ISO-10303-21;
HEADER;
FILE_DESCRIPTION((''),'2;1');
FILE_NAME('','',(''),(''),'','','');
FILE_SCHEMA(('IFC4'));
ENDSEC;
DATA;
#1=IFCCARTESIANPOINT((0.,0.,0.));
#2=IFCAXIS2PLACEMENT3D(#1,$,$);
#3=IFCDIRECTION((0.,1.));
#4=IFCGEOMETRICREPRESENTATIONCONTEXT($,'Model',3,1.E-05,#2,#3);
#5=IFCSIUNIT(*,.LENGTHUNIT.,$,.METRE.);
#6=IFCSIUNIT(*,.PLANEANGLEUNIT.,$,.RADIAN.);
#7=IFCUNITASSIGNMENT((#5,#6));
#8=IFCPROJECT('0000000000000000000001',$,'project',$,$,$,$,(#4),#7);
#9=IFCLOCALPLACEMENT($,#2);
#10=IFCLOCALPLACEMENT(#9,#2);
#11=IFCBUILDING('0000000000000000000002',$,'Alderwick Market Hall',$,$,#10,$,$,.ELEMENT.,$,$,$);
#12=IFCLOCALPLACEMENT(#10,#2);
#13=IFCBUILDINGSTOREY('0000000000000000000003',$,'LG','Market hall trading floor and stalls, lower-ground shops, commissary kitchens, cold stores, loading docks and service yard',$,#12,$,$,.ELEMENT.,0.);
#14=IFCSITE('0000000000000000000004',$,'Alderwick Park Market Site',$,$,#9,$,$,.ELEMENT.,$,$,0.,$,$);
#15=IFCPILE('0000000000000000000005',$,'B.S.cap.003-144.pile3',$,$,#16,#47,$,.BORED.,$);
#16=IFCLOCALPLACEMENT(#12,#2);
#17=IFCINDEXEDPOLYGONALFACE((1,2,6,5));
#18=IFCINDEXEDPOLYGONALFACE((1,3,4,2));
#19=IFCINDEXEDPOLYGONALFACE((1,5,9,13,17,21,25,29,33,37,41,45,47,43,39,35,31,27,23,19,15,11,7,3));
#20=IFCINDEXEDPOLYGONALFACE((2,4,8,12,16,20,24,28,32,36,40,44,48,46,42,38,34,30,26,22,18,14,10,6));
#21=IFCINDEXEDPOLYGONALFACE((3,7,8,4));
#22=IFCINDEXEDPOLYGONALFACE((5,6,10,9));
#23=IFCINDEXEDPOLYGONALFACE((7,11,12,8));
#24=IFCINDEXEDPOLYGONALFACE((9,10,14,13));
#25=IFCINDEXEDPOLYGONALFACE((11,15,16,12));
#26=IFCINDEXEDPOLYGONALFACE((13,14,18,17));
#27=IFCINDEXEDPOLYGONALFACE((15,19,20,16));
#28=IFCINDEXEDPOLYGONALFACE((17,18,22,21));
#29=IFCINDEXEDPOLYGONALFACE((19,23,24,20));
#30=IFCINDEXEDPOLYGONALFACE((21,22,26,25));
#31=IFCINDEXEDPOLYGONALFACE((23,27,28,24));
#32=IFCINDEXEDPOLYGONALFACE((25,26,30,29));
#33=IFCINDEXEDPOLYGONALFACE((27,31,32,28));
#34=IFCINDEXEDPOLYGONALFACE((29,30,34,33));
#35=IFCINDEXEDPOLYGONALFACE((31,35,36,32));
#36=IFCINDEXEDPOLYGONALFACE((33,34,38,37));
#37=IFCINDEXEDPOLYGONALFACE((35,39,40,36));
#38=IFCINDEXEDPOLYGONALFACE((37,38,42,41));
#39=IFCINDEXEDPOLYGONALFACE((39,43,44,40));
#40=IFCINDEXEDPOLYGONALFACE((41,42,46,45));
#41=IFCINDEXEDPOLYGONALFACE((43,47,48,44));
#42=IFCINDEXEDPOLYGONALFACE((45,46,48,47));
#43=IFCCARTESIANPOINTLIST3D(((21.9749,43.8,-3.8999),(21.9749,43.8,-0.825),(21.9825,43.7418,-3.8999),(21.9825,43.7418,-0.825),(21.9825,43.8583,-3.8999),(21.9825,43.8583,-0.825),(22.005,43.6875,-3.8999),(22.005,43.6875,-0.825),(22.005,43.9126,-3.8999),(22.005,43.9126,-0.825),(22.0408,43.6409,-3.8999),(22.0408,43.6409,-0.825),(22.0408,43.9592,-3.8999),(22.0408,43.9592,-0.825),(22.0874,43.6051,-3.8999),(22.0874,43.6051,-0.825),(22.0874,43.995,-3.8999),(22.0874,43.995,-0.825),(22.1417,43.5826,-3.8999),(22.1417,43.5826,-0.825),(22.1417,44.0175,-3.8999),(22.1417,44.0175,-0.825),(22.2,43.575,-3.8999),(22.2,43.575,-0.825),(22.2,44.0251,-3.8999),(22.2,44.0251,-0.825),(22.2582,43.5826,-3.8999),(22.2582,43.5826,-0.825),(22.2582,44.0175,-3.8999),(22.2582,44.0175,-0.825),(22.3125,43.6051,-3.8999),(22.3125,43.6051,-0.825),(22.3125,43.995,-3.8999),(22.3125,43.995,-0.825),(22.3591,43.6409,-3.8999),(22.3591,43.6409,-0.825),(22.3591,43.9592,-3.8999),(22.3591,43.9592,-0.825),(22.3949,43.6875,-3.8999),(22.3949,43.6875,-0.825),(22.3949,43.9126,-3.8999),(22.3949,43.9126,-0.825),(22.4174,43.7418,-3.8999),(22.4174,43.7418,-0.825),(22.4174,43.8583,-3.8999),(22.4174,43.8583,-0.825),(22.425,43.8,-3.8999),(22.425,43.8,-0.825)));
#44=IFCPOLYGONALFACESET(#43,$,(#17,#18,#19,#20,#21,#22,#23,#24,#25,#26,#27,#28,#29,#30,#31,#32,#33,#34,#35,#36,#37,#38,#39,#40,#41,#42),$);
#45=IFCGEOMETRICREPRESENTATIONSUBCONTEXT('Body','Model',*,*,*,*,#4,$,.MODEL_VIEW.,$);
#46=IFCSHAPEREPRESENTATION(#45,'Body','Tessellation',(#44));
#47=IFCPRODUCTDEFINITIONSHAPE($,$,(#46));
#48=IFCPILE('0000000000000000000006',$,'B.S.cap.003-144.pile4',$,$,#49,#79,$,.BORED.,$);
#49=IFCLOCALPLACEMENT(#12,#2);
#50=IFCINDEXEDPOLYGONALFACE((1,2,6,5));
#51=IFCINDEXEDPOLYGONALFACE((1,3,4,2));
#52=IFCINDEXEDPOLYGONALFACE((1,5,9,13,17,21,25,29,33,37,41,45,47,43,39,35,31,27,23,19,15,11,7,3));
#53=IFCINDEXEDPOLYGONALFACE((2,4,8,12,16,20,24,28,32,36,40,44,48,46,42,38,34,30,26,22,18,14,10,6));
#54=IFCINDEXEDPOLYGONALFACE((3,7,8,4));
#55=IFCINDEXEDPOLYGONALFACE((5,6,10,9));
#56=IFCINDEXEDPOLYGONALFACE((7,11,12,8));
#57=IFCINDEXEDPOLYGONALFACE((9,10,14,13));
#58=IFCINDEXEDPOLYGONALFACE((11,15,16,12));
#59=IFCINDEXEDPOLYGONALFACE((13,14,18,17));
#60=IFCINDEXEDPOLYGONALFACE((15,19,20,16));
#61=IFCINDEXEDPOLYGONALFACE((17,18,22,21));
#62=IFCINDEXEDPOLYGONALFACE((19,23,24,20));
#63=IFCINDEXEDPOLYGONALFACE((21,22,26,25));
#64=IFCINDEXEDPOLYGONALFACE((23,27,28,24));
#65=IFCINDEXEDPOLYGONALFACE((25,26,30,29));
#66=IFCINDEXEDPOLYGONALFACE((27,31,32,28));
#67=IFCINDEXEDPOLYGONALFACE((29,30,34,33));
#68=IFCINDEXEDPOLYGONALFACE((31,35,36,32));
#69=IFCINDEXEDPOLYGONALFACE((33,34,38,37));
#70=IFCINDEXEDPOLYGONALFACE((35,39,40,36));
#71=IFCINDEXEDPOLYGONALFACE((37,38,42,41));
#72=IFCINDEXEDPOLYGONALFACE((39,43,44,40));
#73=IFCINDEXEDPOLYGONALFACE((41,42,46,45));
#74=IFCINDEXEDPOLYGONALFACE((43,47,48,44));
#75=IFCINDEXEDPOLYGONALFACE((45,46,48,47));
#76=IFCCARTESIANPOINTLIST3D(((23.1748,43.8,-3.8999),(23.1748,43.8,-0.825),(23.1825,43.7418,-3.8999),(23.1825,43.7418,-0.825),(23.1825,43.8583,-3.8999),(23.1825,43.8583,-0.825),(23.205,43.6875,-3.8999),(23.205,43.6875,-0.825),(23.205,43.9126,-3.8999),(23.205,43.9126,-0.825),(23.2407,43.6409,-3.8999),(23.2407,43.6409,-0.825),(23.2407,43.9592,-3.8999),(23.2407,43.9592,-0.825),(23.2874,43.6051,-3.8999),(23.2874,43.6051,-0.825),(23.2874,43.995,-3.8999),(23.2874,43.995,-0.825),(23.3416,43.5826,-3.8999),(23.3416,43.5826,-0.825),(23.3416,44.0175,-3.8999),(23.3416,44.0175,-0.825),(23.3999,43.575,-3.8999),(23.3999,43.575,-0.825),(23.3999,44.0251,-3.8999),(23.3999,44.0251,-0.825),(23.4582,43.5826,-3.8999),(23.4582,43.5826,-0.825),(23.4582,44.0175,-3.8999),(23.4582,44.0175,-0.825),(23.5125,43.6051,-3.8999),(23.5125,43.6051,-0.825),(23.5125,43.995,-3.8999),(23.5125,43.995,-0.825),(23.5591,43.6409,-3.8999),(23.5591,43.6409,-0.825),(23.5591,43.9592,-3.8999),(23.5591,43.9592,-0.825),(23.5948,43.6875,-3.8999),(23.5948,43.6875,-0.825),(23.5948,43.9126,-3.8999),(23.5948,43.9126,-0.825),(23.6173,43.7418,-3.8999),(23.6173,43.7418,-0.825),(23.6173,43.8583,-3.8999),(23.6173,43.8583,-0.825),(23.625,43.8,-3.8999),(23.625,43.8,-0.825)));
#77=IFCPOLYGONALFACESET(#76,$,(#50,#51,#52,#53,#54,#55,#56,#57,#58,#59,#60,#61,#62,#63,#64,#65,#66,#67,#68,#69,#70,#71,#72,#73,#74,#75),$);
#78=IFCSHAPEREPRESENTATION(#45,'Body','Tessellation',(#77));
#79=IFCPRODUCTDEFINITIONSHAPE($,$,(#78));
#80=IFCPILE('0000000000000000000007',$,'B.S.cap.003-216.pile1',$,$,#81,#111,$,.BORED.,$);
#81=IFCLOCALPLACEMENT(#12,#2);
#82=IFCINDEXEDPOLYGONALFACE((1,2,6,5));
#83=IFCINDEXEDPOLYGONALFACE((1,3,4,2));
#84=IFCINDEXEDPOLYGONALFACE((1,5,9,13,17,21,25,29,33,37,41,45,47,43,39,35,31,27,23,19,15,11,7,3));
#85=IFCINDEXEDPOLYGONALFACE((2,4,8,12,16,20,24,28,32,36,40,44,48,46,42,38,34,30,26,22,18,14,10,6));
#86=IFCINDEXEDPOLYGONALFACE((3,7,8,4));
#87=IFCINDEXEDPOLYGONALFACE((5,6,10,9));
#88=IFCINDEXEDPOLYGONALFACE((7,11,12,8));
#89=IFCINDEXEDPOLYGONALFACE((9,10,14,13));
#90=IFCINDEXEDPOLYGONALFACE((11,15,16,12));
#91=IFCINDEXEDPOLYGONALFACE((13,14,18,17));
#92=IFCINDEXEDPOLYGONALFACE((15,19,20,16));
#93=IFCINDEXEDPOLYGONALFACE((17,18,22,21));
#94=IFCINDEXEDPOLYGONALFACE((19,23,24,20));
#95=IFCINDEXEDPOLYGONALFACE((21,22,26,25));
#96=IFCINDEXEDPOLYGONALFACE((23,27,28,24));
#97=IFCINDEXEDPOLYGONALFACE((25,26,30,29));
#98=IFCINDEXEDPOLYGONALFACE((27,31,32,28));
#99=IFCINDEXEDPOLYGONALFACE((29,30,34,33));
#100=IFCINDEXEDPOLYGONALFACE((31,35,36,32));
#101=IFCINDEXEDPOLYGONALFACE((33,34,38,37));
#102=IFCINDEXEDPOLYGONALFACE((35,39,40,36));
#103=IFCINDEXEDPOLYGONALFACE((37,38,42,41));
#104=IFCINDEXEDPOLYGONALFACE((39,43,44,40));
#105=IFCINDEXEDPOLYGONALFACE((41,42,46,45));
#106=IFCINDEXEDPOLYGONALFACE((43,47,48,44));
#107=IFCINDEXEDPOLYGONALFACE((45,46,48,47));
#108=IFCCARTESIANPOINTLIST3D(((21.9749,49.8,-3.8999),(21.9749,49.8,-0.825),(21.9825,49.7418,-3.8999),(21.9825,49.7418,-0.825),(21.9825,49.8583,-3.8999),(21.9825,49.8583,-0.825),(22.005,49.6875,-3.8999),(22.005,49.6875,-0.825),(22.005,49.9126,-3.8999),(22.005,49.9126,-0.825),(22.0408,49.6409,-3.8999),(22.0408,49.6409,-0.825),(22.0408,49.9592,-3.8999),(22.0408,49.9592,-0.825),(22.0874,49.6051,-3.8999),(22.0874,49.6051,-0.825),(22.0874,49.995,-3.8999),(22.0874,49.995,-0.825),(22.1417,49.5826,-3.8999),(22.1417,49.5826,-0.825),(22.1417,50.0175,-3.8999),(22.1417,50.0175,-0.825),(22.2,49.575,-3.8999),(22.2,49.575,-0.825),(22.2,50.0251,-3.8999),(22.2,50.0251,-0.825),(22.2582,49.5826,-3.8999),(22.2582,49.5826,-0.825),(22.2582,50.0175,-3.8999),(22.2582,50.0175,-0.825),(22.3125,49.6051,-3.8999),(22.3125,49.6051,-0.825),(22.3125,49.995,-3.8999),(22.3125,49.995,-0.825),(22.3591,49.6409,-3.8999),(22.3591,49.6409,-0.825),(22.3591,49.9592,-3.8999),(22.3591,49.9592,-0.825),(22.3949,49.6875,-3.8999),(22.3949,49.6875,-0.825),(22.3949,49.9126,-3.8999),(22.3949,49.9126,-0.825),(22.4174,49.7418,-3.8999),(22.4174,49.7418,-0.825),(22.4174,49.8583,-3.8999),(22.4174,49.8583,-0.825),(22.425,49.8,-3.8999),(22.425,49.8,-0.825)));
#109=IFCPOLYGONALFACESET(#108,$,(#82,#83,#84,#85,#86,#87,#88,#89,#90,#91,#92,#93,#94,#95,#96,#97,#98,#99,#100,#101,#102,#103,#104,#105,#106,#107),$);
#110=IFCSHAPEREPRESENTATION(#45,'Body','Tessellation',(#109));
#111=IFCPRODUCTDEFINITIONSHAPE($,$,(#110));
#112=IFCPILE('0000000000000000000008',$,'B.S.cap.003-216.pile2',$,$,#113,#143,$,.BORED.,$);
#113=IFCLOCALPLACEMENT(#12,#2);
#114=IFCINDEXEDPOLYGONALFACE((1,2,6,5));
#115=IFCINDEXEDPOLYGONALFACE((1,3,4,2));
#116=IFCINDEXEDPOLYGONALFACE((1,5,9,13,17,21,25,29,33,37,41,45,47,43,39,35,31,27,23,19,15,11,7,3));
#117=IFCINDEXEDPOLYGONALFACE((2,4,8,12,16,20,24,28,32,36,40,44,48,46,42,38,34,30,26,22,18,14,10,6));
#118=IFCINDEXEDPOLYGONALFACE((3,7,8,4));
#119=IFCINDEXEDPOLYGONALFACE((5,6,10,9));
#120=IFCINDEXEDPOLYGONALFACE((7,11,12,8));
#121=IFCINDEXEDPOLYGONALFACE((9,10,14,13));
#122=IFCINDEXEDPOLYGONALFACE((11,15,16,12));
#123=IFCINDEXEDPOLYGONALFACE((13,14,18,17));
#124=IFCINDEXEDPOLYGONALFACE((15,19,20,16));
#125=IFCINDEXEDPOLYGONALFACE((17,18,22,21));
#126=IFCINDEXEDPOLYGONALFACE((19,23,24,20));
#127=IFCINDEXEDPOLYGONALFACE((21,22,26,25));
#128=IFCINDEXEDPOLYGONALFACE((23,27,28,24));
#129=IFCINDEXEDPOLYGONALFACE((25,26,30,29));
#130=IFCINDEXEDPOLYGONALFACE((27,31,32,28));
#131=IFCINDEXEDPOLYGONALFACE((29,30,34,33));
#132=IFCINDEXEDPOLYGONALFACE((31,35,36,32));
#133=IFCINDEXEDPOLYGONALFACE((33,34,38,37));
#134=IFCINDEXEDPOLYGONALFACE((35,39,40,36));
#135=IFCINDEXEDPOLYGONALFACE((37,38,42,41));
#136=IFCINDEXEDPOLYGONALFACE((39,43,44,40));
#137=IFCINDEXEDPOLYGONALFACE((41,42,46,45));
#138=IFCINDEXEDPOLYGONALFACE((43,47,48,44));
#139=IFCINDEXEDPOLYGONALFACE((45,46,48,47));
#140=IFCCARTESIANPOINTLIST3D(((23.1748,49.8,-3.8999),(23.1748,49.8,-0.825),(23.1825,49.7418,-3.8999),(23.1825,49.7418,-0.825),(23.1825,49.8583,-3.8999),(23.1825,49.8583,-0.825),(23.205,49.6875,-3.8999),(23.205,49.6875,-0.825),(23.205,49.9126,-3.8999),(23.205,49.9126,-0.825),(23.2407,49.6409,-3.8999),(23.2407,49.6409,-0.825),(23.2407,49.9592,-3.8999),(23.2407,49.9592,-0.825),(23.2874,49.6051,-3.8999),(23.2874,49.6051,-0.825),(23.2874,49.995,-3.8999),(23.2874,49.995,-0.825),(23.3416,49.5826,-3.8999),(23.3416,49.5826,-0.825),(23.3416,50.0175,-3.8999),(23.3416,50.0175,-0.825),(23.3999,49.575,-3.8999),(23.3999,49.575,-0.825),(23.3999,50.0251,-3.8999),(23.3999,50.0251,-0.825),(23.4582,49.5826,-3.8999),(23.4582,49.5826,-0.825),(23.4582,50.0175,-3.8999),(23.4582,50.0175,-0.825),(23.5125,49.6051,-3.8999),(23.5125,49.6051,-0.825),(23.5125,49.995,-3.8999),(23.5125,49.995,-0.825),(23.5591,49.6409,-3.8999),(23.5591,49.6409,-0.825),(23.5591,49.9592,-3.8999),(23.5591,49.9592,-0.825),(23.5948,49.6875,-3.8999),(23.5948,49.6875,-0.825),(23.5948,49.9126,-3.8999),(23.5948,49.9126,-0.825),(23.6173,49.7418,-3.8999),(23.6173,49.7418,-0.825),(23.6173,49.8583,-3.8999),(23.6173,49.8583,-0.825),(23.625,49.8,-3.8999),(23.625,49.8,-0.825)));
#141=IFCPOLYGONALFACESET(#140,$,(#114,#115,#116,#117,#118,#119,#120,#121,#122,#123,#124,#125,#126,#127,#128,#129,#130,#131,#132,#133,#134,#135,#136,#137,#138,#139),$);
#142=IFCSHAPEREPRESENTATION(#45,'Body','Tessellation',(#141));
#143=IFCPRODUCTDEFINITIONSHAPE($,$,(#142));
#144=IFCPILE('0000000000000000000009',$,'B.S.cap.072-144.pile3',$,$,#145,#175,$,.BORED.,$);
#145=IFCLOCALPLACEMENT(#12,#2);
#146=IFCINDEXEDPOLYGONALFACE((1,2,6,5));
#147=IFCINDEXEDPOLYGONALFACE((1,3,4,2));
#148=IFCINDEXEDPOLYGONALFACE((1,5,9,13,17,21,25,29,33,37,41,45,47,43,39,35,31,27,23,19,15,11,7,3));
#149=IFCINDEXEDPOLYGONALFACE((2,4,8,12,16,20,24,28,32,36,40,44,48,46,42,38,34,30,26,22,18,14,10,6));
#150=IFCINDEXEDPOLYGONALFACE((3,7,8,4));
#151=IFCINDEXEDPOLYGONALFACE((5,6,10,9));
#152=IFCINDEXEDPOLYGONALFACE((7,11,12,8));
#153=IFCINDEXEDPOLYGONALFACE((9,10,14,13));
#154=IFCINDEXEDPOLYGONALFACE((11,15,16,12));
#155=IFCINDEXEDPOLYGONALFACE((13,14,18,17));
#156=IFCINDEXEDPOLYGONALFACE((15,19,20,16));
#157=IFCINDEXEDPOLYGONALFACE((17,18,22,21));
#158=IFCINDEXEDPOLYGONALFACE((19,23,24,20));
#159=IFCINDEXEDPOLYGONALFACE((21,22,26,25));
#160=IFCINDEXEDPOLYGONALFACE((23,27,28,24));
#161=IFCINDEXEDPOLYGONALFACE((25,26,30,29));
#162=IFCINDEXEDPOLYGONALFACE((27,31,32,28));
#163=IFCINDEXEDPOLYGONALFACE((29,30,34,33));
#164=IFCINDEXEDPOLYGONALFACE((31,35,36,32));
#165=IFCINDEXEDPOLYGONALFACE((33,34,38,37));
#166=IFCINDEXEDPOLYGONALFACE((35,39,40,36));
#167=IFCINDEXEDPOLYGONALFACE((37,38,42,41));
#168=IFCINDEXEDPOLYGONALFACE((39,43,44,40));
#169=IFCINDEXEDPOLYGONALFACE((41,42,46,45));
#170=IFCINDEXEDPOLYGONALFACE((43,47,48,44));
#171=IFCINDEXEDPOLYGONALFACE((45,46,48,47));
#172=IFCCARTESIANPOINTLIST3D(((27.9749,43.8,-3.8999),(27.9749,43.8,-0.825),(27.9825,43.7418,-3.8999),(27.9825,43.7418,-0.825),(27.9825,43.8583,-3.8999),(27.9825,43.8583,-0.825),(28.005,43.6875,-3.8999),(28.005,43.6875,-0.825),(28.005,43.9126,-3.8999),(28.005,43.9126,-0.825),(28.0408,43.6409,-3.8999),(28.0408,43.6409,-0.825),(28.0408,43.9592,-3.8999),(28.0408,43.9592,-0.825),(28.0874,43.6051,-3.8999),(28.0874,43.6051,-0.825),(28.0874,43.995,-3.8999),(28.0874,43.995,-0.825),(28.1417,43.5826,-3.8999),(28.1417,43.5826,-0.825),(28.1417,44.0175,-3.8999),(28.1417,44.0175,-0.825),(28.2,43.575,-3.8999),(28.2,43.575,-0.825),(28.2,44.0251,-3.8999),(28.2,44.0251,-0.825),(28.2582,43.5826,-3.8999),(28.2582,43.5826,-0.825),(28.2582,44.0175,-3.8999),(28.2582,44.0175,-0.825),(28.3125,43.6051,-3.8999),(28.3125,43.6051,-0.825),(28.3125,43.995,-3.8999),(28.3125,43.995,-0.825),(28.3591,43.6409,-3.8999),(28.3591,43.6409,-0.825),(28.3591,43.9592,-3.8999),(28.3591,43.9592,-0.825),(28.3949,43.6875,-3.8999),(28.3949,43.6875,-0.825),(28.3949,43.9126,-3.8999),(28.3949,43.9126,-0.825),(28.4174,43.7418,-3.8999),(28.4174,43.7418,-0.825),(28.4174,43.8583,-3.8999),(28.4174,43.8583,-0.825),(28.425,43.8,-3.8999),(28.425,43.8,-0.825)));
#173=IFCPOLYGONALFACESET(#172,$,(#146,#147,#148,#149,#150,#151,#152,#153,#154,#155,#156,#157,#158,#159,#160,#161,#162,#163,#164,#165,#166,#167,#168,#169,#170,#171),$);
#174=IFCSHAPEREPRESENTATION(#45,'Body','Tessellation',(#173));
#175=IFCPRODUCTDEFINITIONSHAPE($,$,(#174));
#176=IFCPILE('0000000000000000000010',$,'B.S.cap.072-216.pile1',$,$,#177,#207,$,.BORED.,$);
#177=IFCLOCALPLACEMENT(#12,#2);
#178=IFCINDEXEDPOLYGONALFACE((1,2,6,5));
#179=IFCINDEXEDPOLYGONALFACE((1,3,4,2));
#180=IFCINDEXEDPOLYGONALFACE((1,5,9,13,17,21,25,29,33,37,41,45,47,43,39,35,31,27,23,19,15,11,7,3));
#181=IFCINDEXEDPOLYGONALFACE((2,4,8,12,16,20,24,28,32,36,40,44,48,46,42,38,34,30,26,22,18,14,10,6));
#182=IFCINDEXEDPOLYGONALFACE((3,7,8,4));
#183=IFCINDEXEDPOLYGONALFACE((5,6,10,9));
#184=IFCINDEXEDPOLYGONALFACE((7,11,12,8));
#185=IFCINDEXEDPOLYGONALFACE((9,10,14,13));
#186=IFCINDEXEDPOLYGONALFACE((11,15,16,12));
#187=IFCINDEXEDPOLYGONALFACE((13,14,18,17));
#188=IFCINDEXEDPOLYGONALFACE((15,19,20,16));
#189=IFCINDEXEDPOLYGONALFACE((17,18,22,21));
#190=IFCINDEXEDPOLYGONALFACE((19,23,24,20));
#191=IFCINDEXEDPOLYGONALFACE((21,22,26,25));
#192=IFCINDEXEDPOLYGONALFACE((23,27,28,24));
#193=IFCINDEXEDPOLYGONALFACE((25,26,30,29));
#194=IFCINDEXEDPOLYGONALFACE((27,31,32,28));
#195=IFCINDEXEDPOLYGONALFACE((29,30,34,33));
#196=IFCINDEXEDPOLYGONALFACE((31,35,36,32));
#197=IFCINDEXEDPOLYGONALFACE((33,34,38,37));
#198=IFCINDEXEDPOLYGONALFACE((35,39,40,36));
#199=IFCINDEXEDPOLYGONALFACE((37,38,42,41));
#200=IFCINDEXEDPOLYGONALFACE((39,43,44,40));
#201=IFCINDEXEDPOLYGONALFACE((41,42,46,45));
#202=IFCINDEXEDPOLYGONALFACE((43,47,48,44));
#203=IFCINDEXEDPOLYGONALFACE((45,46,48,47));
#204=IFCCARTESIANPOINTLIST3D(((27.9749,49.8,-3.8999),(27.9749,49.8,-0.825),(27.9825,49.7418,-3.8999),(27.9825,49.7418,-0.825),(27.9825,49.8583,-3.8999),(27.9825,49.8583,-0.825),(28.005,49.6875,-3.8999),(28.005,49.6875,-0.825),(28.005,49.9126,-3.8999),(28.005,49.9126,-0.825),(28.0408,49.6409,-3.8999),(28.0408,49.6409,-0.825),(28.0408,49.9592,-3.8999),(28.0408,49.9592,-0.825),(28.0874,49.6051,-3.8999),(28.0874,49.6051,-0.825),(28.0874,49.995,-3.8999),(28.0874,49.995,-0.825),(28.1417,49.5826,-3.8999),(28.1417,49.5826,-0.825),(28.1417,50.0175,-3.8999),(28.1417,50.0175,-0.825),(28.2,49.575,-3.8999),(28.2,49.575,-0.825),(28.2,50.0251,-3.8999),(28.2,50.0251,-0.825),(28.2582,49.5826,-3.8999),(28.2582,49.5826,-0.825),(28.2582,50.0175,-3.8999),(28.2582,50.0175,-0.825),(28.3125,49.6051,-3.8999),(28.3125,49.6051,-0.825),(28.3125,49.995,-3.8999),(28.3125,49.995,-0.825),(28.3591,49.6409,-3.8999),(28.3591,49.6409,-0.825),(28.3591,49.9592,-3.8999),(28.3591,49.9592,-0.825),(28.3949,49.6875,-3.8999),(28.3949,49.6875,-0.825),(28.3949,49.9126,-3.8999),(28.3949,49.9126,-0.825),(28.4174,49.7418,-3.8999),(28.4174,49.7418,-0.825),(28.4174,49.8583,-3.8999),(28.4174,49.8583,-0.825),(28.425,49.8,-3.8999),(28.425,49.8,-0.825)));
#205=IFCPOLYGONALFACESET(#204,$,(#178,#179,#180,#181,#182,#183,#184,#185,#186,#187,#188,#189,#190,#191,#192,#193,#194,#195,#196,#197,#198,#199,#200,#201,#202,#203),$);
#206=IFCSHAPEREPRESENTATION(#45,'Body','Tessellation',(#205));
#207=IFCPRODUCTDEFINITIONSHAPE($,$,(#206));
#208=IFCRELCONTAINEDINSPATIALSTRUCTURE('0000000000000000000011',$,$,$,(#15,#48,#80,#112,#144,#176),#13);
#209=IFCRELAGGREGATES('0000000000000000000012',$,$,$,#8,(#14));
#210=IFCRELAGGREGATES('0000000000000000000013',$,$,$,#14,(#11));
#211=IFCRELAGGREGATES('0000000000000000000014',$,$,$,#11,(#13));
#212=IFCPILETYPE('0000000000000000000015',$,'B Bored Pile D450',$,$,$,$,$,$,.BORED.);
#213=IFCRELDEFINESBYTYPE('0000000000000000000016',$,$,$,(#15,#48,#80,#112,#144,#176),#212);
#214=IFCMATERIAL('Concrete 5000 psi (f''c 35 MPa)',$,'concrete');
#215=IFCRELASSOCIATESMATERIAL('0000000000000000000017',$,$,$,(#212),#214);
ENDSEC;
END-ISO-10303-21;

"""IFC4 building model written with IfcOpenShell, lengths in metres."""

from ifc_helpers import new_model, si_unit, direction, frame, origin, origin_2d, place, context, subcontext, project, spatial, circle, extrude, material, material_profile, profile_set, type_object, element, save


model = new_model("IFC4")

# Units and contexts
model_context = context("Model", 3, precision=1e-05, world=origin(), true_north=direction((0.0, 1.0)))
body_context = subcontext(model_context, "Body", "Model", "MODEL_VIEW")
ifc_project = project(units=[si_unit("LENGTHUNIT", "METRE"), si_unit("PLANEANGLEUNIT", "RADIAN")], contexts=[model_context])

# Site, building, storey
site_placement = place(None, origin())
site = spatial("IfcSite", under=ifc_project, at=site_placement, Name="Alderwick Park Market Site", CompositionType="ELEMENT", RefElevation=0.0)
building_placement = place(site_placement, origin())
building = spatial("IfcBuilding", under=site, at=building_placement, Name="Alderwick Market Hall", CompositionType="ELEMENT")
storey_placement = place(building_placement, origin())
storey = spatial("IfcBuildingStorey", under=building, at=storey_placement, Name="LG", Description="Market hall trading floor and stalls, lower-ground shops, commissary kitchens, cold stores, loading docks and service yard", CompositionType="ELEMENT", Elevation=0.0)

# Piles
ifc_material_1 = material(Name="Concrete 5000 psi (f'c 35 MPa)", Category="concrete")
ifc_material_profile_1 = material_profile(ifc_material_1, circle(Radius=0.2251, at=origin_2d()), Name="B Bored Pile D450")
ifc_profile_set_1 = profile_set([ifc_material_profile_1], Name="Concrete 5000 psi (f'c 35 MPa)")
pile_type = type_object("IfcPileType", Name="B Bored Pile D450", PredefinedType="BORED", material=ifc_profile_set_1)
for number, where, z_axis, x_axis, name in (
    (1, (22.2, 43.8, -0.825), (0.0, 0.0, -1.0), (1.0, 0.0, 0.0), "B.S.cap.003-144.pile3"),
    (2, (23.3999, 43.8, -0.825), (0.0, 0.0, -1.0), (1.0, 0.0, 0.0), "B.S.cap.003-144.pile4"),
    (3, (22.2, 49.8, -0.825), (0.0, 0.0, -1.0), (1.0, 0.0, 0.0), "B.S.cap.003-216.pile1"),
    (4, (23.3999, 49.8, -0.825), (0.0, 0.0, -1.0), (1.0, 0.0, 0.0), "B.S.cap.003-216.pile2"),
    (5, (28.2, 43.8, -0.825), (0.0, 0.0, -1.0), (1.0, 0.0, 0.0), "B.S.cap.072-144.pile3"),
    (6, (28.2, 49.8, -0.825), (0.0, 0.0, -1.0), (1.0, 0.0, 0.0), "B.S.cap.072-216.pile1"),
):
    element("IfcPile", number, at=place(storey_placement, frame(where, z_axis=z_axis, x_axis=x_axis)), inside=storey, type_object=pile_type, Name=name, PredefinedType="BORED", context=body_context, shape_type="SweptSolid", body=[
        extrude(circle(Radius=0.2251, at=origin_2d()), origin(), (0.0, 0.0, 1.0), 3.075),
    ])

save(model, "model.ifc")
